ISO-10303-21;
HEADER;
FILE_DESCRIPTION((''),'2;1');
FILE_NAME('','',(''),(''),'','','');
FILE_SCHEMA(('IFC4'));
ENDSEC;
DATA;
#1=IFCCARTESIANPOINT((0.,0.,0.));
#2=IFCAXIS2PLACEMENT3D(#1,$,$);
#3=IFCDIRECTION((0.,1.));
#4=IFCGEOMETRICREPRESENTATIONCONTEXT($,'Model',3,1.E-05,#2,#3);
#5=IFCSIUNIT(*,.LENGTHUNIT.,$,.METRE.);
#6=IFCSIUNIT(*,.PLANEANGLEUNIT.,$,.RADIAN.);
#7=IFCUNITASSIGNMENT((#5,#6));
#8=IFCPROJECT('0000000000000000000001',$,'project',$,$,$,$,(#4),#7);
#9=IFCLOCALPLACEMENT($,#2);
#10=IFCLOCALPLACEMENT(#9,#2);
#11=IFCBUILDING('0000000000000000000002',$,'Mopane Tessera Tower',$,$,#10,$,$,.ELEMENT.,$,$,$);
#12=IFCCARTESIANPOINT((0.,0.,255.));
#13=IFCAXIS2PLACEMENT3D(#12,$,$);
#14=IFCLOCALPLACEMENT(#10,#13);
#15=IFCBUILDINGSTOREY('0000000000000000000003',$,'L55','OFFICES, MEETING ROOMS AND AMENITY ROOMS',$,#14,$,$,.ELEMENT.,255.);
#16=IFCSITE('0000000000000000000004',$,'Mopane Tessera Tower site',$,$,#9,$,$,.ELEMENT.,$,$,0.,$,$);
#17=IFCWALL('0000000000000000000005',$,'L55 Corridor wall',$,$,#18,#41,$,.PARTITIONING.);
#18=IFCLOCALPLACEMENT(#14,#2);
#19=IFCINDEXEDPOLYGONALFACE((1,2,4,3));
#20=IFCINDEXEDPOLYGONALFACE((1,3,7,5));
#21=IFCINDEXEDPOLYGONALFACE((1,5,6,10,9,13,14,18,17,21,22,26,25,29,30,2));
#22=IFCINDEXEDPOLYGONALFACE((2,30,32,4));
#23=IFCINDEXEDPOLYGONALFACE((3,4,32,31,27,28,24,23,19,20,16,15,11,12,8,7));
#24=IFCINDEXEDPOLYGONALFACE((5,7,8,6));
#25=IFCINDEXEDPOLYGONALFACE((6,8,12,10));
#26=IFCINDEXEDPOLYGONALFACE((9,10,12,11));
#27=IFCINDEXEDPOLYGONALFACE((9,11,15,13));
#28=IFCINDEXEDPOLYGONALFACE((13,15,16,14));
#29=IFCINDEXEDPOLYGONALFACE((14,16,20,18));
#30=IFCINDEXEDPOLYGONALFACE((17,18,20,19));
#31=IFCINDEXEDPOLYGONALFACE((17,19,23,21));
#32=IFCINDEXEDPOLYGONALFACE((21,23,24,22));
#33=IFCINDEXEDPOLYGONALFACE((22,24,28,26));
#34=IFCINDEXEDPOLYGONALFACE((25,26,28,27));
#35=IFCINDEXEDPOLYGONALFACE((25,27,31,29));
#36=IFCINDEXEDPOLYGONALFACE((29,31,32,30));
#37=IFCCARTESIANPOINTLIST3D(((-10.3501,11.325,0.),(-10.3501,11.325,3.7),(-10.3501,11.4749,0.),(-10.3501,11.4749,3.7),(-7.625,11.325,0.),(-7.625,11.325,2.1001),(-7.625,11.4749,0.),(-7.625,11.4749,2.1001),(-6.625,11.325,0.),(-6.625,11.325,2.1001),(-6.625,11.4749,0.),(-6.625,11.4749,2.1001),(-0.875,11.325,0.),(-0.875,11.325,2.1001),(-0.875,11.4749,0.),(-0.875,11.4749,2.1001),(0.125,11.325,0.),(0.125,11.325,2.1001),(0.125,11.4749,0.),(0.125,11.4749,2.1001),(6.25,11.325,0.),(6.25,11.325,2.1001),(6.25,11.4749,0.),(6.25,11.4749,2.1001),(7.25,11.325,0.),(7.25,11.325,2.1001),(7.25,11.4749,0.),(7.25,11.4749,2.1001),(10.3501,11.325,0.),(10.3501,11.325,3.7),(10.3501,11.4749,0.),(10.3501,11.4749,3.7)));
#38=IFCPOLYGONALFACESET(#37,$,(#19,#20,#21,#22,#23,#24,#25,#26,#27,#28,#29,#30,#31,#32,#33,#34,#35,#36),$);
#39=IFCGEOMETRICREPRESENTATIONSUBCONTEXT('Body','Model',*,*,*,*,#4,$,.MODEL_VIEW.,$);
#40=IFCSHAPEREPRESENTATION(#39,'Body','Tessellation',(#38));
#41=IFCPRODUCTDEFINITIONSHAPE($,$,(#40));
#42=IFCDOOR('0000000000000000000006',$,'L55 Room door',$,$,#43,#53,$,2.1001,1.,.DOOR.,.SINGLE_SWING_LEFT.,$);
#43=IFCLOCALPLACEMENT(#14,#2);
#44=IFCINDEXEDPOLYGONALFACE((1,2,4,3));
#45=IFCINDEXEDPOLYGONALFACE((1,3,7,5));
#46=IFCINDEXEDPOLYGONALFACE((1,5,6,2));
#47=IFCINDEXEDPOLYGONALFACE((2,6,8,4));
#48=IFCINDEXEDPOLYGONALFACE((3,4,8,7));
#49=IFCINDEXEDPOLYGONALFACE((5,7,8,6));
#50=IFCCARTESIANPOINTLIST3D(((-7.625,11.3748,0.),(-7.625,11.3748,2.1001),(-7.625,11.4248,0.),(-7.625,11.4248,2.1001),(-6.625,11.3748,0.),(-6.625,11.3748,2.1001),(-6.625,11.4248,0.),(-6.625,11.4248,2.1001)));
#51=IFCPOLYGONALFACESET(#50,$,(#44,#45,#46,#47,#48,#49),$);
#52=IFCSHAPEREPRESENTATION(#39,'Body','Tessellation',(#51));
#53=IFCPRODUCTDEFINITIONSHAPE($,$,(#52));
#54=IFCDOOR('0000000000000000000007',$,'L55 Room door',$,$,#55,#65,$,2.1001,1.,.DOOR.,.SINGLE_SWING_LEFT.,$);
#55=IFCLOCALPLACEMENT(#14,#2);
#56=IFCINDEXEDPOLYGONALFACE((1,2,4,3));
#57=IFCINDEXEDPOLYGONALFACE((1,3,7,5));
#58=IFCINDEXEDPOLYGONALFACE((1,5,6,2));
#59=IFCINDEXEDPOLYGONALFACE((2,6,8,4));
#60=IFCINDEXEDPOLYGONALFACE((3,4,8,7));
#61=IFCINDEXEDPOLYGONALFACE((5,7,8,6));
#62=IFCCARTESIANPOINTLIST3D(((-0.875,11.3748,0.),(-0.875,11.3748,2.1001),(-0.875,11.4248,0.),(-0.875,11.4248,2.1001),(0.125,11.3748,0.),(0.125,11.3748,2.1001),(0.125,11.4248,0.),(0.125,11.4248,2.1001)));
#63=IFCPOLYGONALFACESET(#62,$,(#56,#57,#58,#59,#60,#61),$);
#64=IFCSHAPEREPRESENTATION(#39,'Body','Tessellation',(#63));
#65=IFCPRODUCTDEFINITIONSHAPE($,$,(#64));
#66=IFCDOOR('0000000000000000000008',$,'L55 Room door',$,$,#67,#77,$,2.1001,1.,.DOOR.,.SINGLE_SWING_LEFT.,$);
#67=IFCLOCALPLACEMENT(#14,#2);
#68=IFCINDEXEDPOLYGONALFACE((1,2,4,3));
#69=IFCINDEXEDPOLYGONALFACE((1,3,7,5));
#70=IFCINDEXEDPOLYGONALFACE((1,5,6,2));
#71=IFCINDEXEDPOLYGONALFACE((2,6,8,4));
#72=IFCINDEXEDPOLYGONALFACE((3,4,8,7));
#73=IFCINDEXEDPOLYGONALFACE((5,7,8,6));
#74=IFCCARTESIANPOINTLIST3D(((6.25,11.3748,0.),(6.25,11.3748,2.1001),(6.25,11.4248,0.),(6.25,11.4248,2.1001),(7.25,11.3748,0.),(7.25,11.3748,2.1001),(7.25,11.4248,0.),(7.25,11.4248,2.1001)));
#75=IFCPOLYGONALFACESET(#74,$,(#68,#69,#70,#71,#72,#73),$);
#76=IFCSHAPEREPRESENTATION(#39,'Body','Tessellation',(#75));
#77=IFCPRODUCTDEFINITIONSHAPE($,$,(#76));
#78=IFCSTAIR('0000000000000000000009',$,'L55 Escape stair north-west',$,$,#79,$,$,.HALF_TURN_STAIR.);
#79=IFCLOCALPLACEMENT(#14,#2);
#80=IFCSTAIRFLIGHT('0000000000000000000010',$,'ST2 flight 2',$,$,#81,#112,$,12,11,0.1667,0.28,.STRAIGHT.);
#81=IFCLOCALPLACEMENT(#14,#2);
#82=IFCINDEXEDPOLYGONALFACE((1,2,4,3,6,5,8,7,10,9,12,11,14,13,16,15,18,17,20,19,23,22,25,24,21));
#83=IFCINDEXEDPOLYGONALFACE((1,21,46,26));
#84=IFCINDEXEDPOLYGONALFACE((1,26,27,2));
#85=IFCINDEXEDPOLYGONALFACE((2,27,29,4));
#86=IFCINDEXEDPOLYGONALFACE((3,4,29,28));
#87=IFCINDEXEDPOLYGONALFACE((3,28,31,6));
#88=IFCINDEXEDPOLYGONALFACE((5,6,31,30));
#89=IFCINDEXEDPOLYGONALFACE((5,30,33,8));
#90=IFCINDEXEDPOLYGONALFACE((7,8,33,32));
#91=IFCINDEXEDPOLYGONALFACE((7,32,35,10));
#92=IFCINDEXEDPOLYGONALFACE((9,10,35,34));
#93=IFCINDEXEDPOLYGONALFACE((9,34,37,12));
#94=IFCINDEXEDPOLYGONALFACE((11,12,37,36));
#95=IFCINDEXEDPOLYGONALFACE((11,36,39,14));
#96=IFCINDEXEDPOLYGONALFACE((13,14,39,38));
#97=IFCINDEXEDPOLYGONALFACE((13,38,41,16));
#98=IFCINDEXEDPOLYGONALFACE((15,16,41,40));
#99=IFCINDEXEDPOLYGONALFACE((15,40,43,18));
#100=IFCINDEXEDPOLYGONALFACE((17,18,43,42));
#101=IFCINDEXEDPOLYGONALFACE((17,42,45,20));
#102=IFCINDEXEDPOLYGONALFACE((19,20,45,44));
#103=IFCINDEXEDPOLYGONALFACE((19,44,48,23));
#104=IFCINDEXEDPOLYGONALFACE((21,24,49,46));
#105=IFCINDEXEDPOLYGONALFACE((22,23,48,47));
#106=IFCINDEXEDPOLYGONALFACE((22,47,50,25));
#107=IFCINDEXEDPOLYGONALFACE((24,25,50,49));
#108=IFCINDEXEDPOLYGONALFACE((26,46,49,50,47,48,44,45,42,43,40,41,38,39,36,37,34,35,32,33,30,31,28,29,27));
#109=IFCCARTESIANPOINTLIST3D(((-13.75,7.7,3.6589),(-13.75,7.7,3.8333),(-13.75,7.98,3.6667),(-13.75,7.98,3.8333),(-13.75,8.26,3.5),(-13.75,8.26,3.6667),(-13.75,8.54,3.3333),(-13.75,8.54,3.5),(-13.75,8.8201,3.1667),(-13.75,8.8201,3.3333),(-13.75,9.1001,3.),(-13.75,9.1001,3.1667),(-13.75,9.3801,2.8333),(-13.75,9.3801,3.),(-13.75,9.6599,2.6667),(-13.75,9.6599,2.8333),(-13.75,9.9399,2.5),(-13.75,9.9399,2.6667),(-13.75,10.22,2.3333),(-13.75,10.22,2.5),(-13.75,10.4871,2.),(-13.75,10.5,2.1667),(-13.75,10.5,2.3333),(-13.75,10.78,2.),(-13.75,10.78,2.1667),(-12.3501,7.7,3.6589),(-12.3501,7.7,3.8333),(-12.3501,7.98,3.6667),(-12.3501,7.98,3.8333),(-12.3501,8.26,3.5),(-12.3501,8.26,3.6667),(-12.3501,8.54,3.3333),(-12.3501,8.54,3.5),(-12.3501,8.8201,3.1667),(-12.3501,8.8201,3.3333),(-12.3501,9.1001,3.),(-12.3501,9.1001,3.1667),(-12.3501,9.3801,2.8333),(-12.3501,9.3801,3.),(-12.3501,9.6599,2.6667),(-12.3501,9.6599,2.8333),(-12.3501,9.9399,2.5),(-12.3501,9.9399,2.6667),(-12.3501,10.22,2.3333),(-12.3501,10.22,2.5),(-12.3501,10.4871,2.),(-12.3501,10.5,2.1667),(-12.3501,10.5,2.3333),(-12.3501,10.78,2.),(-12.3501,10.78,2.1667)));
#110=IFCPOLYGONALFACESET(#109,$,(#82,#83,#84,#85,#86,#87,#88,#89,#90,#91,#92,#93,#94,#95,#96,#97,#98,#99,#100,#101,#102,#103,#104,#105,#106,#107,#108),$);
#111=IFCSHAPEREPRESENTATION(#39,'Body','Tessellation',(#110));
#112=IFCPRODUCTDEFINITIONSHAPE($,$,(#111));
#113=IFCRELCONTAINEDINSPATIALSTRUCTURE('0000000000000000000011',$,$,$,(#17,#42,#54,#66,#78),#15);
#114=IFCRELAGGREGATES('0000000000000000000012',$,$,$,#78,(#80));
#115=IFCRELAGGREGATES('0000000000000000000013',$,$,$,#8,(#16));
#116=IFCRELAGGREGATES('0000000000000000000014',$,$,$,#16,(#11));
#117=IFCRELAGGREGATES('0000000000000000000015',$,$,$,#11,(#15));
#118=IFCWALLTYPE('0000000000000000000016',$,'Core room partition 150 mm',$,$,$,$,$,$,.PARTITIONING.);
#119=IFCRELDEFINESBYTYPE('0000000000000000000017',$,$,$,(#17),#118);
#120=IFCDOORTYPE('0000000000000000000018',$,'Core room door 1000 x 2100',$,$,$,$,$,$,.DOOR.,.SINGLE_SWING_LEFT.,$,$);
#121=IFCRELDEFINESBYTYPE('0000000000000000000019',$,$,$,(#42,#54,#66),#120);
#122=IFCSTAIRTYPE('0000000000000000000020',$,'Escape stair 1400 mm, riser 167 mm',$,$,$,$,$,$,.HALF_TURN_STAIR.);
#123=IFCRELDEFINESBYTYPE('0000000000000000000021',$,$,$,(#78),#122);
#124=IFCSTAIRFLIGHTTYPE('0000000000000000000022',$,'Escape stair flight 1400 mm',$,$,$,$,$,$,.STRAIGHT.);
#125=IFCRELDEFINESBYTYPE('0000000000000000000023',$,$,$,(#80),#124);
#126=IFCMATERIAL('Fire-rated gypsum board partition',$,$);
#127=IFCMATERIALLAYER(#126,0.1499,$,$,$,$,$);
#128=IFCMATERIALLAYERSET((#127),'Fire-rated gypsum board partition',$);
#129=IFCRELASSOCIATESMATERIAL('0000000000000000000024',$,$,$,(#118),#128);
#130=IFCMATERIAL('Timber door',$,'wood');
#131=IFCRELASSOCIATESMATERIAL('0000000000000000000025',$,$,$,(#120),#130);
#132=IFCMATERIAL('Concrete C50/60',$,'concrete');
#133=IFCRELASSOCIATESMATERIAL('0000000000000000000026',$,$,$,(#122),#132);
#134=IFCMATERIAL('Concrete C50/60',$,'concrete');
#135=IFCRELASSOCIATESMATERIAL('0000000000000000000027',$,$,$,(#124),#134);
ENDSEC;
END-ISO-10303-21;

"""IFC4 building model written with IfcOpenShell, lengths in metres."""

from ifc_helpers import new_model, si_unit, direction, frame, frame_2d, origin, place, context, subcontext, project, spatial, polyline, rectangle, outline, extrude, material, layer, layer_set, type_object, element, fill, aggregate, save


model = new_model("IFC4")

# Units and contexts
model_context = context("Model", 3, precision=1e-05, world=origin(), true_north=direction((0.0, 1.0)))
body_context = subcontext(model_context, "Body", "Model", "MODEL_VIEW")
ifc_project = project(units=[si_unit("LENGTHUNIT", "METRE"), si_unit("PLANEANGLEUNIT", "RADIAN")], contexts=[model_context])

# Site, building, storey
site_placement = place(None, origin())
site = spatial("IfcSite", under=ifc_project, at=site_placement, Name="Mopane Tessera Tower site", CompositionType="ELEMENT", RefElevation=0.0)
building_placement = place(site_placement, origin())
building = spatial("IfcBuilding", under=site, at=building_placement, Name="Mopane Tessera Tower", CompositionType="ELEMENT")
storey_placement = place(building_placement, frame((0.0, 0.0, 255.0)))
storey = spatial("IfcBuildingStorey", under=building, at=storey_placement, Name="L55", Description="OFFICES, MEETING ROOMS AND AMENITY ROOMS", CompositionType="ELEMENT", Elevation=255.0)

# Shared definitions
ifc_material_1 = material(Name="Fire-rated gypsum board partition")
ifc_layer_1 = layer(ifc_material_1, 0.1499)
ifc_layer_set_1 = layer_set([ifc_layer_1], Name="Fire-rated gypsum board partition")
wall_type = type_object("IfcWallType", Name="Core room partition 150 mm", PredefinedType="PARTITIONING", material=ifc_layer_set_1)

# Wall, openings, doors
wall_1_placement = place(storey_placement, frame((-10.3501, 11.3999, 0.0), z_axis=(0.0, 0.0, 1.0), x_axis=(1.0, 0.0, 0.0)))
wall_1 = element("IfcWall", 1, at=wall_1_placement, inside=storey, type_object=wall_type, Name="L55 Corridor wall", PredefinedType="PARTITIONING", context=body_context, shape_type="SweptSolid", body=[
    extrude(rectangle(XDim=20.7002, YDim=0.1499, at=frame_2d((10.3501, 0.0))), origin(), (0.0, 0.0, 1.0), 3.7),
])
opening_1_placement = place(wall_1_placement, frame((2.7251, 0.0, 0.0)))
opening_1 = element("IfcOpeningElement", 2, at=opening_1_placement, cuts=wall_1, PredefinedType="OPENING", context=body_context, shape_type="SweptSolid", body=[
    extrude(rectangle(XDim=1.0, YDim=2.1001, at=frame_2d((0.5, 1.05))), frame((0.0, 0.0869, 0.0), z_axis=(0.0, -1.0, 0.0), x_axis=(1.0, 0.0, 0.0)), (0.0, 0.0, 1.0), 0.1738),
])
opening_2_placement = place(wall_1_placement, frame((9.4751, 0.0, 0.0)))
opening_2 = element("IfcOpeningElement", 3, at=opening_2_placement, cuts=wall_1, PredefinedType="OPENING", context=body_context, shape_type="SweptSolid", body=[
    extrude(rectangle(XDim=1.0, YDim=2.1001, at=frame_2d((0.5, 1.05))), frame((0.0, 0.0869, 0.0), z_axis=(0.0, -1.0, 0.0), x_axis=(1.0, 0.0, 0.0)), (0.0, 0.0, 1.0), 0.1738),
])
opening_3_placement = place(wall_1_placement, frame((16.6001, 0.0, 0.0)))
opening_3 = element("IfcOpeningElement", 4, at=opening_3_placement, cuts=wall_1, PredefinedType="OPENING", context=body_context, shape_type="SweptSolid", body=[
    extrude(rectangle(XDim=1.0, YDim=2.1001, at=frame_2d((0.5, 1.05))), frame((0.0, 0.0869, 0.0), z_axis=(0.0, -1.0, 0.0), x_axis=(1.0, 0.0, 0.0)), (0.0, 0.0, 1.0), 0.1738),
])
ifc_material_2 = material(Name="Timber door", Category="wood")
door_type = type_object("IfcDoorType", Name="Core room door 1000 x 2100", OperationType="SINGLE_SWING_LEFT", PredefinedType="DOOR", material=ifc_material_2)
door_1_placement = place(opening_1_placement, origin())
door_1 = element("IfcDoor", 5, at=door_1_placement, inside=storey, type_object=door_type, Name="L55 Room door", OperationType="SINGLE_SWING_LEFT", OverallHeight=2.1001, OverallWidth=1.0, PredefinedType="DOOR", context=body_context, shape_type="SweptSolid", body=[
    extrude(rectangle(XDim=1.0, YDim=2.1001, at=frame_2d((0.5, 1.05))), frame((0.0, 0.0249, 0.0), z_axis=(0.0, -1.0, 0.0), x_axis=(1.0, 0.0, 0.0)), (0.0, 0.0, 1.0), 0.05),
])
fill(opening_1, door_1)
door_2_placement = place(opening_2_placement, origin())
door_2 = element("IfcDoor", 6, at=door_2_placement, inside=storey, type_object=door_type, Name="L55 Room door", OperationType="SINGLE_SWING_LEFT", OverallHeight=2.1001, OverallWidth=1.0, PredefinedType="DOOR", context=body_context, shape_type="SweptSolid", body=[
    extrude(rectangle(XDim=1.0, YDim=2.1001, at=frame_2d((0.5, 1.05))), frame((0.0, 0.0249, 0.0), z_axis=(0.0, -1.0, 0.0), x_axis=(1.0, 0.0, 0.0)), (0.0, 0.0, 1.0), 0.05),
])
fill(opening_2, door_2)
door_3_placement = place(opening_3_placement, origin())
door_3 = element("IfcDoor", 7, at=door_3_placement, inside=storey, type_object=door_type, Name="L55 Room door", OperationType="SINGLE_SWING_LEFT", OverallHeight=2.1001, OverallWidth=1.0, PredefinedType="DOOR", context=body_context, shape_type="SweptSolid", body=[
    extrude(rectangle(XDim=1.0, YDim=2.1001, at=frame_2d((0.5, 1.05))), frame((0.0, 0.0249, 0.0), z_axis=(0.0, -1.0, 0.0), x_axis=(1.0, 0.0, 0.0)), (0.0, 0.0, 1.0), 0.05),
])
fill(opening_3, door_3)

# Stair, stair flight
ifc_material_3 = material(Name="Concrete C50/60", Category="concrete")
stair_type = type_object("IfcStairType", Name="Escape stair 1400 mm, riser 167 mm", PredefinedType="HALF_TURN_STAIR", material=ifc_material_3)
stair_placement = place(storey_placement, origin())
stair = element("IfcStair", 8, at=stair_placement, inside=storey, type_object=stair_type, Name="L55 Escape stair north-west", PredefinedType="HALF_TURN_STAIR")
ifc_material_4 = material(Name="Concrete C50/60", Category="concrete")
stair_flight_type = type_object("IfcStairFlightType", Name="Escape stair flight 1400 mm", PredefinedType="STRAIGHT", material=ifc_material_4)
stair_flight_placement = place(storey_placement, frame((-13.05, 10.78, 2.0), z_axis=(0.0, 0.0, 1.0), x_axis=(0.0, -1.0, 0.0)))
stair_flight = element("IfcStairFlight", 9, at=stair_flight_placement, type_object=stair_flight_type, Name="ST2 flight 2", NumberOfRisers=12, NumberOfTreads=11, PredefinedType="STRAIGHT", RiserHeight=0.1667, TreadLength=0.28, context=body_context, shape_type="SweptSolid", body=[
    extrude(outline(polyline([(0.0, 0.0), (0.0, 0.1667), (0.28, 0.1667), (0.28, 0.3333), (0.5601, 0.3333), (0.5601, 0.5), (0.8401, 0.5), (0.8401, 0.6667), (1.1201, 0.6667), (1.1201, 0.8333), (1.3999, 0.8333), (1.3999, 1.0), (1.6799, 1.0), (1.6799, 1.1667), (1.96, 1.1667), (1.96, 1.3333), (2.24, 1.3333), (2.24, 1.5), (2.52, 1.5), (2.52, 1.6667), (2.8, 1.6667), (2.8, 1.8333), (3.0801, 1.8333), (3.0801, 2.0), (3.0801, 1.6589), (0.293, 0.0), (0.0, 0.0)])), frame((0.0, 0.7, 0.0), z_axis=(0.0, -1.0, 0.0), x_axis=(1.0, 0.0, 0.0)), (0.0, 0.0, 1.0), 1.3999),
])
aggregate(stair, [stair_flight])

save(model, "model.ifc")
